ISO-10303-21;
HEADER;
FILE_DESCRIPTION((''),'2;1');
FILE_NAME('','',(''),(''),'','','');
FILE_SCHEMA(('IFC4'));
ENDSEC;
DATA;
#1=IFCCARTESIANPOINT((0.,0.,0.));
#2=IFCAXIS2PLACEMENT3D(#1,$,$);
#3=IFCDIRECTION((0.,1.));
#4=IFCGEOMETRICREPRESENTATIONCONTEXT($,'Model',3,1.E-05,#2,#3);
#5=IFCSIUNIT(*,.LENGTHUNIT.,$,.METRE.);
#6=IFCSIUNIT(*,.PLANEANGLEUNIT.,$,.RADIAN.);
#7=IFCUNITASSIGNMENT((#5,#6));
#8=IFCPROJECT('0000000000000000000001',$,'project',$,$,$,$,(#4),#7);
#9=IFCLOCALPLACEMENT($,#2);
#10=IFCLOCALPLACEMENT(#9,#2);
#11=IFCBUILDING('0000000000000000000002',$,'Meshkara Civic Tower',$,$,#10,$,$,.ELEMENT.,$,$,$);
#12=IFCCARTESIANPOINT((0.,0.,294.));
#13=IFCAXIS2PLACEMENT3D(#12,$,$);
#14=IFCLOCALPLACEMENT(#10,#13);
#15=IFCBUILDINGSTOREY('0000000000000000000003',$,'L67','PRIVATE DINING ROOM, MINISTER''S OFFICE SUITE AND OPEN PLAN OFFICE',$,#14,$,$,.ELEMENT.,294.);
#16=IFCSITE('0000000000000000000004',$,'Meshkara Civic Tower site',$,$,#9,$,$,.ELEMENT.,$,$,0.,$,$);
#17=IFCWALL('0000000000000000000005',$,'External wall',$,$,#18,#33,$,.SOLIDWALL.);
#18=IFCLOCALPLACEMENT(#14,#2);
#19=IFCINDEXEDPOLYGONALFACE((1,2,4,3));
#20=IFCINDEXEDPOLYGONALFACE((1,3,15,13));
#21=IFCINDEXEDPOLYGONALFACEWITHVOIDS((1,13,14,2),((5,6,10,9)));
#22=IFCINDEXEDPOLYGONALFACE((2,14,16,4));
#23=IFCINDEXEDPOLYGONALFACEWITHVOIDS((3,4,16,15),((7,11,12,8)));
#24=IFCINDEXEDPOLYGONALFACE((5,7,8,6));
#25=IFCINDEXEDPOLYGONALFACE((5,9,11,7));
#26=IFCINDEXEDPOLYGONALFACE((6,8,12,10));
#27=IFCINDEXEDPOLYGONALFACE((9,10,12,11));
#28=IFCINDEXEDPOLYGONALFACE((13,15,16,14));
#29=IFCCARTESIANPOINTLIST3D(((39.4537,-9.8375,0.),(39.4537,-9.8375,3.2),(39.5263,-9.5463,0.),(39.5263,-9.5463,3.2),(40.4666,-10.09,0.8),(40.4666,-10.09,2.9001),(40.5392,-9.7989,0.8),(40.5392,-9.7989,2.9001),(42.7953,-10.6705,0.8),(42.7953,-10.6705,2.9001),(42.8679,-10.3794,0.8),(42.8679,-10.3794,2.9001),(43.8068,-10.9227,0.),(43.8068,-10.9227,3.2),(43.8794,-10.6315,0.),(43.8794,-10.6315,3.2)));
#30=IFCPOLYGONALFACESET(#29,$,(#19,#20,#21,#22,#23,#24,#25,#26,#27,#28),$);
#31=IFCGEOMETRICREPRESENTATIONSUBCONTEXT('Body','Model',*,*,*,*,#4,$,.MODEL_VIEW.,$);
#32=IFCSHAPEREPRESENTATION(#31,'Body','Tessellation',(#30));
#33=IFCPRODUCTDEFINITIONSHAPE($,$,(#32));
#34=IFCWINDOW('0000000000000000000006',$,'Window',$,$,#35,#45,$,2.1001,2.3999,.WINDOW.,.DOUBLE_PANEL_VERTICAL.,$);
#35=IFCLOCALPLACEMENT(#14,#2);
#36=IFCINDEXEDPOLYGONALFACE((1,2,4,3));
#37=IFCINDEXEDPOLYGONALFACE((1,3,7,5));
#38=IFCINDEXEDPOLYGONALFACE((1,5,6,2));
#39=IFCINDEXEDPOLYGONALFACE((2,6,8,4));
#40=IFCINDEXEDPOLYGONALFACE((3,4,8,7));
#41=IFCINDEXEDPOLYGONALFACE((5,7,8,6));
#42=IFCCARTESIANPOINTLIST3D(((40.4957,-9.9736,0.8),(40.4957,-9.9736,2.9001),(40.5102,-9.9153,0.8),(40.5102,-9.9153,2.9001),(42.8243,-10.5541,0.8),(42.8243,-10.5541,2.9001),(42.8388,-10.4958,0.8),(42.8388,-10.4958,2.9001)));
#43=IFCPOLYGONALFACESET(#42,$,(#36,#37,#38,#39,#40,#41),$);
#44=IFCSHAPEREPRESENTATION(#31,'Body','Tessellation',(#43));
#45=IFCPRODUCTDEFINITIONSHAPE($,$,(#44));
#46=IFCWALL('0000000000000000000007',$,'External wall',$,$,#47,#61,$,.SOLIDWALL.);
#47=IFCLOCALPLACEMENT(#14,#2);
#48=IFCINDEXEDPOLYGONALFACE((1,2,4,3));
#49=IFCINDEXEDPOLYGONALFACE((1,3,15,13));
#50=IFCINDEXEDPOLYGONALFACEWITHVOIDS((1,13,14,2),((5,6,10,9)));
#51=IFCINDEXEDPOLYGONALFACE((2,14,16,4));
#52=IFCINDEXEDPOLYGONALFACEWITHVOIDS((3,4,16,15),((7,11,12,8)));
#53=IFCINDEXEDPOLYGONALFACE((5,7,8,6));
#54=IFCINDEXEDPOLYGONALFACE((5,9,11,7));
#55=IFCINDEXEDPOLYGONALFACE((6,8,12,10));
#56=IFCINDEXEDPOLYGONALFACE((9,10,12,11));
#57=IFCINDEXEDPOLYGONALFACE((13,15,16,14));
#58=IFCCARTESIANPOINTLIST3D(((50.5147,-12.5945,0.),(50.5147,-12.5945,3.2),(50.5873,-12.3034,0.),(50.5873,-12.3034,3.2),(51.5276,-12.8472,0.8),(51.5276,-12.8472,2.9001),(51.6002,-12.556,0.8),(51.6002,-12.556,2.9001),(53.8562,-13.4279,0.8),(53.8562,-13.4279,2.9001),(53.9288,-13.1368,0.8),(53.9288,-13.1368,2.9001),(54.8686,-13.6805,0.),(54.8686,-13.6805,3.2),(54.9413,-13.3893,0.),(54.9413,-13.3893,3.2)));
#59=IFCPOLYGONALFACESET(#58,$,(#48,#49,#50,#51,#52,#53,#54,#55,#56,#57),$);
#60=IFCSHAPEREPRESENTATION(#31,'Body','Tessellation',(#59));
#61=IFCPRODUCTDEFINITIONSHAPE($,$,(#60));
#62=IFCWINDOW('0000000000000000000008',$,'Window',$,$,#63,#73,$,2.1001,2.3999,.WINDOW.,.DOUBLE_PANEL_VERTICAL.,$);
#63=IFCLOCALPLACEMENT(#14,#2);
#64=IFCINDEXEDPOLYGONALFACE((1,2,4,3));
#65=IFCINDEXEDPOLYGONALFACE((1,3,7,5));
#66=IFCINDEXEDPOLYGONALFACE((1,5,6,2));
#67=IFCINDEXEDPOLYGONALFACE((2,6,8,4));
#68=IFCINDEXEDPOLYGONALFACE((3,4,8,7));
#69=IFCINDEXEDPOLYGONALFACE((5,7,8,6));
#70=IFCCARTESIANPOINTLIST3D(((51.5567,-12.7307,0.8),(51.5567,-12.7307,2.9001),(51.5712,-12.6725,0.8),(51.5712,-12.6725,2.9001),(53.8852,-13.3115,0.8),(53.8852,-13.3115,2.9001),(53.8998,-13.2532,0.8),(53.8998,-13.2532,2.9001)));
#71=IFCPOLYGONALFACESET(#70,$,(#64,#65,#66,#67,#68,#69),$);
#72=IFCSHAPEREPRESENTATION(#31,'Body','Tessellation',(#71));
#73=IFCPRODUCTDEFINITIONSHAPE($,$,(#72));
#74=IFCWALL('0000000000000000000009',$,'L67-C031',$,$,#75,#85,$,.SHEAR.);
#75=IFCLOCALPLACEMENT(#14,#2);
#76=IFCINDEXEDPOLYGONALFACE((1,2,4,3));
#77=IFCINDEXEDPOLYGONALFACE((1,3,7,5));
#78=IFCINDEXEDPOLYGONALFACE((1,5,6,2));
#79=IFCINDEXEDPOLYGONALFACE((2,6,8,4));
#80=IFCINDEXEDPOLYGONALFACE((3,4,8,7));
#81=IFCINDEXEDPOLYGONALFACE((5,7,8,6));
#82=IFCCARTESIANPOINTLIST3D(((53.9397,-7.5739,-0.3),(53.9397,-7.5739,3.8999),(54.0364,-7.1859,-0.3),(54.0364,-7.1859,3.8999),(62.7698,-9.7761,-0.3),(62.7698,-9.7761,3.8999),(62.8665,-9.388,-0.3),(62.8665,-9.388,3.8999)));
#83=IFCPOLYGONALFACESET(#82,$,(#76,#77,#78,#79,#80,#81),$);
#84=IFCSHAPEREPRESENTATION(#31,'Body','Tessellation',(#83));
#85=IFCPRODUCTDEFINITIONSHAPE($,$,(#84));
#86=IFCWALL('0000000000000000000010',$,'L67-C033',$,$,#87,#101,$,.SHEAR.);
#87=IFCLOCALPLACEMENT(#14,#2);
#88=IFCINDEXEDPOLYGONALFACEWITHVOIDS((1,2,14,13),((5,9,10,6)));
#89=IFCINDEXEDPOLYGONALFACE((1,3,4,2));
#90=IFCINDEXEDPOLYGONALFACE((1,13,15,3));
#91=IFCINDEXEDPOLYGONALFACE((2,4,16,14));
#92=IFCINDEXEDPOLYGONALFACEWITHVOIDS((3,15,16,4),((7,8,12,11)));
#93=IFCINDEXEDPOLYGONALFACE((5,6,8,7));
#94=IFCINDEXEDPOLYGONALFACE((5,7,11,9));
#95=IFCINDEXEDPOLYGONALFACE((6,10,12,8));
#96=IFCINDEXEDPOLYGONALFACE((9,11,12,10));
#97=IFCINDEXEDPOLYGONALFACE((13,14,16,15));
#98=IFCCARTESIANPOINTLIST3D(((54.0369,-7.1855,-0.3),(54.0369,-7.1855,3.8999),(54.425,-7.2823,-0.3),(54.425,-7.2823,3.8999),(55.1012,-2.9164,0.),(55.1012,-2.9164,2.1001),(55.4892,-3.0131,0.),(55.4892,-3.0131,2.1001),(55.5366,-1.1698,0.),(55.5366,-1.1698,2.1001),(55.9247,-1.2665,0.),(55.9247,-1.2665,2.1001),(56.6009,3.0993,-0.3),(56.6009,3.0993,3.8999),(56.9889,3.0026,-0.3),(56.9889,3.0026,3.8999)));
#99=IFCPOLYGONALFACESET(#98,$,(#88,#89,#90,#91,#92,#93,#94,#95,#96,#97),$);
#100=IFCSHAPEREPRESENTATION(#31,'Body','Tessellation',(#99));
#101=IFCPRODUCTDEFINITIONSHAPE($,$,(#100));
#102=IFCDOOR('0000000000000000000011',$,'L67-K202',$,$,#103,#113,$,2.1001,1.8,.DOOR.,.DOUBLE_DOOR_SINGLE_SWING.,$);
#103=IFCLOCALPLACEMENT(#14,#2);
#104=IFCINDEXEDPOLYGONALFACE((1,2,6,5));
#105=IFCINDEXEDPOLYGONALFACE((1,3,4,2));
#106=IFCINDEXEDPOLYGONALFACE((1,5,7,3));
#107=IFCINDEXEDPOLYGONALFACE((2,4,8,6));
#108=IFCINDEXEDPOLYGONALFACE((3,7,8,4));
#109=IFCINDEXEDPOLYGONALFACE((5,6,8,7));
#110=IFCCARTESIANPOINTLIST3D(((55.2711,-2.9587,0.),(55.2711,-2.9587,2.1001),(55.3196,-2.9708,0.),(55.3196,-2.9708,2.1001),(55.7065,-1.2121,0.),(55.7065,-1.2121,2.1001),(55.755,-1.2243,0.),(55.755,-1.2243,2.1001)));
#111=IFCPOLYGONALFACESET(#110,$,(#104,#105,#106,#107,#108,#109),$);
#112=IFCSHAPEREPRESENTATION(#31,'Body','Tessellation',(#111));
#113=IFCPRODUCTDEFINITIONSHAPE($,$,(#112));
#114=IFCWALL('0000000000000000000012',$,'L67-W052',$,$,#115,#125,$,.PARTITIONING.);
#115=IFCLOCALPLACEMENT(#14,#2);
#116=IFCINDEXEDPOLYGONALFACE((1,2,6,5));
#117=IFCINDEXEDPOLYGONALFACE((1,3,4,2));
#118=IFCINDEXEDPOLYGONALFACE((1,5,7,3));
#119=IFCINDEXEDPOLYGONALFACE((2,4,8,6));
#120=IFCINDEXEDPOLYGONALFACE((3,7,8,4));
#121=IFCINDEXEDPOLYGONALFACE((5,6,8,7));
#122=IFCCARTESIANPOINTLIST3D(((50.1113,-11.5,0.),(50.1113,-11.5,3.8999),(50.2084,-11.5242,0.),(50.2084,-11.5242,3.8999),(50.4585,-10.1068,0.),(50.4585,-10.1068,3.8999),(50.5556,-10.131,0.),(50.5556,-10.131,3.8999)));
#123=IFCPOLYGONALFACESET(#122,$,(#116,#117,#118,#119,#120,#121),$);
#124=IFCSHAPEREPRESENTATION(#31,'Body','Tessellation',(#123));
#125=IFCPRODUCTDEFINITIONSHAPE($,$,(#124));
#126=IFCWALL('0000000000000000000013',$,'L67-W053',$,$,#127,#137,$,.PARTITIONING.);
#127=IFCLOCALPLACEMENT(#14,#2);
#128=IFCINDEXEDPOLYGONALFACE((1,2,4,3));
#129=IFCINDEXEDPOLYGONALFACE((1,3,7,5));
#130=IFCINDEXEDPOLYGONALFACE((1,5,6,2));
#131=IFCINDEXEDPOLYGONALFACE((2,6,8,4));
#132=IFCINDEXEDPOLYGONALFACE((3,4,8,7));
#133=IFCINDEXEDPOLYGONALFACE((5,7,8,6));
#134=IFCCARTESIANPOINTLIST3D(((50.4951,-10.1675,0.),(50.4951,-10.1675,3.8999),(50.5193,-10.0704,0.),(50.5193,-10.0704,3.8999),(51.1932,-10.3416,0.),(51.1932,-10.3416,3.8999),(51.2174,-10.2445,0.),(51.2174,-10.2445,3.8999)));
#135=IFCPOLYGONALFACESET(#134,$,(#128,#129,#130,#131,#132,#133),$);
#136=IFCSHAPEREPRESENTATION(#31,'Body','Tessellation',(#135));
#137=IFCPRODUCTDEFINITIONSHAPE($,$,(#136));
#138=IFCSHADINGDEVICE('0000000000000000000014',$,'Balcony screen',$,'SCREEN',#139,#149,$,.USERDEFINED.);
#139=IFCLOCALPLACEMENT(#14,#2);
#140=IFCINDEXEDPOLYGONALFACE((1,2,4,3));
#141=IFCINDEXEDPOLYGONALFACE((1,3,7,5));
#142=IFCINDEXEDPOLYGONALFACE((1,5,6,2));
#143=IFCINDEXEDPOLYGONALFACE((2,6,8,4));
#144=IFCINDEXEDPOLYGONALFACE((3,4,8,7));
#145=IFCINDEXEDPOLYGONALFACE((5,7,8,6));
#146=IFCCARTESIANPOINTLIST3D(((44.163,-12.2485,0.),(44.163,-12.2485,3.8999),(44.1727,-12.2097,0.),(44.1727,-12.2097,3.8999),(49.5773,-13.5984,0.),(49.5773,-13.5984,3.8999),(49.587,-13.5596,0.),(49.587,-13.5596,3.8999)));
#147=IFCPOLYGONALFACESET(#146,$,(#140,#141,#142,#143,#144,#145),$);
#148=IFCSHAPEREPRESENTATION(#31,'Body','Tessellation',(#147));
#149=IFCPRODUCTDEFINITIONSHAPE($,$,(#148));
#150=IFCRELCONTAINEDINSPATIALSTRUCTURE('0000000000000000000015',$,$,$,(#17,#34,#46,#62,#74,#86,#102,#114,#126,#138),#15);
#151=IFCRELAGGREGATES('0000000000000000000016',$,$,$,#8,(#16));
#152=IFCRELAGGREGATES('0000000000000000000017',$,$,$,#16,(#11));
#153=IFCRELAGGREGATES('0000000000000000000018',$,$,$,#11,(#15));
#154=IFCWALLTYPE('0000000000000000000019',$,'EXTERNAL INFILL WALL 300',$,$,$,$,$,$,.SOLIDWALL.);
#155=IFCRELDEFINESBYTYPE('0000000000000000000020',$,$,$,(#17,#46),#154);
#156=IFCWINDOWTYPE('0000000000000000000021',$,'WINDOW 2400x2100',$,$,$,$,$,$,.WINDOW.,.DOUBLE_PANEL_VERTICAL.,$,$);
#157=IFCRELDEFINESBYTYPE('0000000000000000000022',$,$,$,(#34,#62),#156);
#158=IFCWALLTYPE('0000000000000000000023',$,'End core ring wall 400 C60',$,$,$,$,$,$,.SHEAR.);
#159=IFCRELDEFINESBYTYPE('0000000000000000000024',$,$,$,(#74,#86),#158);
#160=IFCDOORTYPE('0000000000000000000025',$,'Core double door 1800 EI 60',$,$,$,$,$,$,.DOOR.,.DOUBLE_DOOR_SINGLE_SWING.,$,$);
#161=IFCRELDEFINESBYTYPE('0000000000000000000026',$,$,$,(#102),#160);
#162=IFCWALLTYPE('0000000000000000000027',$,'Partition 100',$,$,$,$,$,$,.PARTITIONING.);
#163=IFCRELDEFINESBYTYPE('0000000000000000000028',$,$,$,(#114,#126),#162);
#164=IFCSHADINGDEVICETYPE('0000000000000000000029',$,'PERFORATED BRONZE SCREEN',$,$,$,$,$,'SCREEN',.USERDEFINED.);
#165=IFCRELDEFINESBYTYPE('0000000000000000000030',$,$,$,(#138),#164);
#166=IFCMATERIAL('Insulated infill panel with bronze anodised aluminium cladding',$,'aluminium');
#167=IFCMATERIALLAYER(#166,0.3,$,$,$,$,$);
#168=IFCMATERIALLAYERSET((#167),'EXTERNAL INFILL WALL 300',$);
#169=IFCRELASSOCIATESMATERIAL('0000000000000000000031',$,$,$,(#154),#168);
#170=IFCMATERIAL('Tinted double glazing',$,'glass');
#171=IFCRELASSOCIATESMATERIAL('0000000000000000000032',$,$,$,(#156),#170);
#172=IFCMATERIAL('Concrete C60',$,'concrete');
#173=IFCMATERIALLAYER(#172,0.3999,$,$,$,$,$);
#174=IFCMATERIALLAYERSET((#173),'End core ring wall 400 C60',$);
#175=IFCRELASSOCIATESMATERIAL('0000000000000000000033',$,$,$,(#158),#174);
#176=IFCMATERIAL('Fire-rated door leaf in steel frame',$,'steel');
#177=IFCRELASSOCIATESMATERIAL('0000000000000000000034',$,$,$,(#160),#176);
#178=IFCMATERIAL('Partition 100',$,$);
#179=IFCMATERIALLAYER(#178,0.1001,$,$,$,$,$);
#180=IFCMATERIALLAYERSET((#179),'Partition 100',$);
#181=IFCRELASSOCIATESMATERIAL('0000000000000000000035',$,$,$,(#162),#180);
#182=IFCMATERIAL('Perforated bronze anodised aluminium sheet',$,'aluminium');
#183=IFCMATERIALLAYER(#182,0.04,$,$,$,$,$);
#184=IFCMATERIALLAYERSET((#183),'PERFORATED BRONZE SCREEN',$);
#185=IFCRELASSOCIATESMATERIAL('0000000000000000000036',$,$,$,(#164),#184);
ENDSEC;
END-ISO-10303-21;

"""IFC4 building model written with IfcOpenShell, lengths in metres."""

from ifc_helpers import new_model, si_unit, direction, frame, frame_2d, origin, origin_2d, place, context, subcontext, project, spatial, rectangle, extrude, material, layer, layer_set, type_object, element, fill, save


model = new_model("IFC4")

# Units and contexts
model_context = context("Model", 3, precision=1e-05, world=origin(), true_north=direction((0.0, 1.0)))
body_context = subcontext(model_context, "Body", "Model", "MODEL_VIEW")
ifc_project = project(units=[si_unit("LENGTHUNIT", "METRE"), si_unit("PLANEANGLEUNIT", "RADIAN")], contexts=[model_context])

# Site, building, storey
site_placement = place(None, origin())
site = spatial("IfcSite", under=ifc_project, at=site_placement, Name="Meshkara Civic Tower site", CompositionType="ELEMENT", RefElevation=0.0)
building_placement = place(site_placement, origin())
building = spatial("IfcBuilding", under=site, at=building_placement, Name="Meshkara Civic Tower", CompositionType="ELEMENT")
storey_placement = place(building_placement, frame((0.0, 0.0, 294.0)))
storey = spatial("IfcBuildingStorey", under=building, at=storey_placement, Name="L67", Description="PRIVATE DINING ROOM, MINISTER'S OFFICE SUITE AND OPEN PLAN OFFICE", CompositionType="ELEMENT", Elevation=294.0)

# Walls, openings, windows
ifc_material_1 = material(Name="Insulated infill panel with bronze anodised aluminium cladding", Category="aluminium")
ifc_layer_1 = layer(ifc_material_1, 0.3)
ifc_layer_set_1 = layer_set([ifc_layer_1], Name="EXTERNAL INFILL WALL 300")
wall_type_1 = type_object("IfcWallType", Name="EXTERNAL INFILL WALL 300", PredefinedType="SOLIDWALL", material=ifc_layer_set_1)
wall_1_placement = place(storey_placement, frame((39.49, -9.6919, 0.0), z_axis=(0.0, 0.0, 1.0), x_axis=(0.970302, -0.241895, 0.0)))
wall_1 = element("IfcWall", 1, at=wall_1_placement, inside=storey, type_object=wall_type_1, Name="External wall", PredefinedType="SOLIDWALL", context=body_context, shape_type="SweptSolid", body=[
    extrude(rectangle(XDim=4.4863, YDim=0.3, at=frame_2d((2.2432, 0.0))), origin(), (0.0, 0.0, 1.0), 3.2),
])
opening_1_placement = place(wall_1_placement, frame((1.0439, 0.0, 0.8)))
opening_1 = element("IfcOpeningElement", 2, at=opening_1_placement, cuts=wall_1, PredefinedType="OPENING", context=body_context, shape_type="SweptSolid", body=[
    extrude(rectangle(XDim=2.3999, YDim=2.1001, at=frame_2d((1.2, 1.05))), frame((0.0, 0.1599, 0.0), z_axis=(0.0, -1.0, 0.0), x_axis=(1.0, 0.0, 0.0)), (0.0, 0.0, 1.0), 0.3201),
])
ifc_material_2 = material(Name="Tinted double glazing", Category="glass")
window_type = type_object("IfcWindowType", Name="WINDOW 2400x2100", PartitioningType="DOUBLE_PANEL_VERTICAL", PredefinedType="WINDOW", material=ifc_material_2)
window_1_placement = place(opening_1_placement, origin())
window_1 = element("IfcWindow", 3, at=window_1_placement, inside=storey, type_object=window_type, Name="Window", OverallHeight=2.1001, OverallWidth=2.3999, PartitioningType="DOUBLE_PANEL_VERTICAL", PredefinedType="WINDOW", context=body_context, shape_type="SweptSolid", body=[
    extrude(rectangle(XDim=2.3999, YDim=2.1001, at=frame_2d((1.2, 1.05))), frame((0.0, 0.03, 0.0), z_axis=(0.0, -1.0, 0.0), x_axis=(1.0, 0.0, 0.0)), (0.0, 0.0, 1.0), 0.0601),
])
fill(opening_1, window_1)
wall_2_placement = place(storey_placement, frame((50.551, -12.449, 0.0), z_axis=(0.0, 0.0, 1.0), x_axis=(0.970277, -0.241998, 0.0)))
wall_2 = element("IfcWall", 4, at=wall_2_placement, inside=storey, type_object=wall_type_1, Name="External wall", PredefinedType="SOLIDWALL", context=body_context, shape_type="SweptSolid", body=[
    extrude(rectangle(XDim=4.4873, YDim=0.3, at=frame_2d((2.2437, 0.0))), origin(), (0.0, 0.0, 1.0), 3.2),
])
opening_2_placement = place(wall_2_placement, frame((1.0439, 0.0, 0.8)))
opening_2 = element("IfcOpeningElement", 5, at=opening_2_placement, cuts=wall_2, PredefinedType="OPENING", context=body_context, shape_type="SweptSolid", body=[
    extrude(rectangle(XDim=2.3999, YDim=2.1001, at=frame_2d((1.2, 1.05))), frame((0.0, 0.1599, 0.0), z_axis=(0.0, -1.0, 0.0), x_axis=(1.0, 0.0, 0.0)), (0.0, 0.0, 1.0), 0.3201),
])
window_2_placement = place(opening_2_placement, origin())
window_2 = element("IfcWindow", 6, at=window_2_placement, inside=storey, type_object=window_type, Name="Window", OverallHeight=2.1001, OverallWidth=2.3999, PartitioningType="DOUBLE_PANEL_VERTICAL", PredefinedType="WINDOW", context=body_context, shape_type="SweptSolid", body=[
    extrude(rectangle(XDim=2.3999, YDim=2.1001, at=frame_2d((1.2, 1.05))), frame((0.0, 0.03, 0.0), z_axis=(0.0, -1.0, 0.0), x_axis=(1.0, 0.0, 0.0)), (0.0, 0.0, 1.0), 0.0601),
])
fill(opening_2, window_2)

# Wall
ifc_material_3 = material(Name="Concrete C60", Category="concrete")
ifc_layer_2 = layer(ifc_material_3, 0.3999)
ifc_layer_set_2 = layer_set([ifc_layer_2], Name="End core ring wall 400 C60")
wall_type_2 = type_object("IfcWallType", Name="End core ring wall 400 C60", PredefinedType="SHEAR", material=ifc_layer_set_2)
wall_3_placement = place(storey_placement, frame((53.988, -7.3799, -0.3), z_axis=(0.0, 0.0, 1.0), x_axis=(0.970281, -0.24198, 0.0)))
element("IfcWall", 7, at=wall_3_placement, inside=storey, type_object=wall_type_2, Name="L67-C031", PredefinedType="SHEAR", context=body_context, shape_type="SweptSolid", body=[
    extrude(rectangle(XDim=9.1006, YDim=0.3999, at=frame_2d((4.5503, 0.0))), origin(), (0.0, 0.0, 1.0), 4.2),
])

# Wall, opening, door
wall_4_placement = place(storey_placement, frame((54.231, -7.2339, -0.3), z_axis=(0.0, 0.0, 1.0), x_axis=(0.241891, 0.970304, 0.0)))
wall_4 = element("IfcWall", 8, at=wall_4_placement, inside=storey, type_object=wall_type_2, Name="L67-C033", PredefinedType="SHEAR", context=body_context, shape_type="SweptSolid", body=[
    extrude(rectangle(XDim=10.5996, YDim=0.3999, at=frame_2d((5.2998, 0.0))), origin(), (0.0, 0.0, 1.0), 4.2),
])
opening_3_placement = place(wall_4_placement, frame((4.3999, 0.0, 0.3)))
opening_3 = element("IfcOpeningElement", 9, at=opening_3_placement, cuts=wall_4, PredefinedType="OPENING", context=body_context, shape_type="SweptSolid", body=[
    extrude(rectangle(XDim=1.8, YDim=2.1001, at=frame_2d((0.8999, 1.05))), frame((0.0, 0.21, 0.0), z_axis=(0.0, -1.0, 0.0), x_axis=(1.0, 0.0, 0.0)), (0.0, 0.0, 1.0), 0.4199),
])
ifc_material_4 = material(Name="Fire-rated door leaf in steel frame", Category="steel")
door_type_1 = type_object("IfcDoorType", Name="Core double door 1800 EI 60", OperationType="DOUBLE_DOOR_SINGLE_SWING", PredefinedType="DOOR", material=ifc_material_4)
door_1_placement = place(opening_3_placement, origin())
door_1 = element("IfcDoor", 10, at=door_1_placement, inside=storey, type_object=door_type_1, Name="L67-K202", OperationType="DOUBLE_DOOR_SINGLE_SWING", OverallHeight=2.1001, OverallWidth=1.8, PredefinedType="DOOR", context=body_context, shape_type="SweptSolid", body=[
    extrude(rectangle(XDim=1.8, YDim=2.1001, at=frame_2d((0.8999, 1.05))), frame((0.0, 0.0249, 0.0), z_axis=(0.0, -1.0, 0.0), x_axis=(1.0, 0.0, 0.0)), (0.0, 0.0, 1.0), 0.05),
])
fill(opening_3, door_1)

# Walls
ifc_material_5 = material(Name="Partition 100")
ifc_layer_3 = layer(ifc_material_5, 0.1001)
ifc_layer_set_3 = layer_set([ifc_layer_3], Name="Partition 100")
wall_type_3 = type_object("IfcWallType", Name="Partition 100", PredefinedType="PARTITIONING", material=ifc_layer_set_3)
wall_5_placement = place(storey_placement, frame((50.1599, -11.512, 0.0), z_axis=(0.0, 0.0, 1.0), x_axis=(0.241815, 0.970322, 0.0)))
element("IfcWall", 11, at=wall_5_placement, inside=storey, type_object=wall_type_3, Name="L67-W052", PredefinedType="PARTITIONING", context=body_context, shape_type="SweptSolid", body=[
    extrude(rectangle(XDim=1.4358, YDim=0.1001, at=frame_2d((0.7178, 0.0))), origin(), (0.0, 0.0, 1.0), 3.8999),
])
wall_6_placement = place(storey_placement, frame((50.5071, -10.1189, 0.0), z_axis=(0.0, 0.0, 1.0), x_axis=(0.970282, -0.241977, 0.0)))
element("IfcWall", 12, at=wall_6_placement, inside=storey, type_object=wall_type_3, Name="L67-W053", PredefinedType="PARTITIONING", context=body_context, shape_type="SweptSolid", body=[
    extrude(rectangle(XDim=0.7195, YDim=0.1001, at=frame_2d((0.3599, 0.0))), origin(), (0.0, 0.0, 1.0), 3.8999),
])

# Shading device
ifc_material_6 = material(Name="Perforated bronze anodised aluminium sheet", Category="aluminium")
ifc_layer_4 = layer(ifc_material_6, 0.04)
ifc_layer_set_4 = layer_set([ifc_layer_4], Name="PERFORATED BRONZE SCREEN")
shading_device_type = type_object("IfcShadingDeviceType", Name="PERFORATED BRONZE SCREEN", ElementType="SCREEN", PredefinedType="USERDEFINED", material=ifc_layer_set_4)
shading_device_placement = place(storey_placement, frame((46.875, -12.9041, 0.0), z_axis=(0.0, 0.0, 1.0), x_axis=(0.970296, -0.241922, 0.0)))
element("IfcShadingDevice", 13, at=shading_device_placement, inside=storey, type_object=shading_device_type, Name="Balcony screen", ObjectType="SCREEN", PredefinedType="USERDEFINED", context=body_context, shape_type="SweptSolid", body=[
    extrude(rectangle(XDim=5.5801, YDim=0.04, at=origin_2d()), origin(), (0.0, 0.0, 1.0), 3.8999),
])

save(model, "model.ifc")
